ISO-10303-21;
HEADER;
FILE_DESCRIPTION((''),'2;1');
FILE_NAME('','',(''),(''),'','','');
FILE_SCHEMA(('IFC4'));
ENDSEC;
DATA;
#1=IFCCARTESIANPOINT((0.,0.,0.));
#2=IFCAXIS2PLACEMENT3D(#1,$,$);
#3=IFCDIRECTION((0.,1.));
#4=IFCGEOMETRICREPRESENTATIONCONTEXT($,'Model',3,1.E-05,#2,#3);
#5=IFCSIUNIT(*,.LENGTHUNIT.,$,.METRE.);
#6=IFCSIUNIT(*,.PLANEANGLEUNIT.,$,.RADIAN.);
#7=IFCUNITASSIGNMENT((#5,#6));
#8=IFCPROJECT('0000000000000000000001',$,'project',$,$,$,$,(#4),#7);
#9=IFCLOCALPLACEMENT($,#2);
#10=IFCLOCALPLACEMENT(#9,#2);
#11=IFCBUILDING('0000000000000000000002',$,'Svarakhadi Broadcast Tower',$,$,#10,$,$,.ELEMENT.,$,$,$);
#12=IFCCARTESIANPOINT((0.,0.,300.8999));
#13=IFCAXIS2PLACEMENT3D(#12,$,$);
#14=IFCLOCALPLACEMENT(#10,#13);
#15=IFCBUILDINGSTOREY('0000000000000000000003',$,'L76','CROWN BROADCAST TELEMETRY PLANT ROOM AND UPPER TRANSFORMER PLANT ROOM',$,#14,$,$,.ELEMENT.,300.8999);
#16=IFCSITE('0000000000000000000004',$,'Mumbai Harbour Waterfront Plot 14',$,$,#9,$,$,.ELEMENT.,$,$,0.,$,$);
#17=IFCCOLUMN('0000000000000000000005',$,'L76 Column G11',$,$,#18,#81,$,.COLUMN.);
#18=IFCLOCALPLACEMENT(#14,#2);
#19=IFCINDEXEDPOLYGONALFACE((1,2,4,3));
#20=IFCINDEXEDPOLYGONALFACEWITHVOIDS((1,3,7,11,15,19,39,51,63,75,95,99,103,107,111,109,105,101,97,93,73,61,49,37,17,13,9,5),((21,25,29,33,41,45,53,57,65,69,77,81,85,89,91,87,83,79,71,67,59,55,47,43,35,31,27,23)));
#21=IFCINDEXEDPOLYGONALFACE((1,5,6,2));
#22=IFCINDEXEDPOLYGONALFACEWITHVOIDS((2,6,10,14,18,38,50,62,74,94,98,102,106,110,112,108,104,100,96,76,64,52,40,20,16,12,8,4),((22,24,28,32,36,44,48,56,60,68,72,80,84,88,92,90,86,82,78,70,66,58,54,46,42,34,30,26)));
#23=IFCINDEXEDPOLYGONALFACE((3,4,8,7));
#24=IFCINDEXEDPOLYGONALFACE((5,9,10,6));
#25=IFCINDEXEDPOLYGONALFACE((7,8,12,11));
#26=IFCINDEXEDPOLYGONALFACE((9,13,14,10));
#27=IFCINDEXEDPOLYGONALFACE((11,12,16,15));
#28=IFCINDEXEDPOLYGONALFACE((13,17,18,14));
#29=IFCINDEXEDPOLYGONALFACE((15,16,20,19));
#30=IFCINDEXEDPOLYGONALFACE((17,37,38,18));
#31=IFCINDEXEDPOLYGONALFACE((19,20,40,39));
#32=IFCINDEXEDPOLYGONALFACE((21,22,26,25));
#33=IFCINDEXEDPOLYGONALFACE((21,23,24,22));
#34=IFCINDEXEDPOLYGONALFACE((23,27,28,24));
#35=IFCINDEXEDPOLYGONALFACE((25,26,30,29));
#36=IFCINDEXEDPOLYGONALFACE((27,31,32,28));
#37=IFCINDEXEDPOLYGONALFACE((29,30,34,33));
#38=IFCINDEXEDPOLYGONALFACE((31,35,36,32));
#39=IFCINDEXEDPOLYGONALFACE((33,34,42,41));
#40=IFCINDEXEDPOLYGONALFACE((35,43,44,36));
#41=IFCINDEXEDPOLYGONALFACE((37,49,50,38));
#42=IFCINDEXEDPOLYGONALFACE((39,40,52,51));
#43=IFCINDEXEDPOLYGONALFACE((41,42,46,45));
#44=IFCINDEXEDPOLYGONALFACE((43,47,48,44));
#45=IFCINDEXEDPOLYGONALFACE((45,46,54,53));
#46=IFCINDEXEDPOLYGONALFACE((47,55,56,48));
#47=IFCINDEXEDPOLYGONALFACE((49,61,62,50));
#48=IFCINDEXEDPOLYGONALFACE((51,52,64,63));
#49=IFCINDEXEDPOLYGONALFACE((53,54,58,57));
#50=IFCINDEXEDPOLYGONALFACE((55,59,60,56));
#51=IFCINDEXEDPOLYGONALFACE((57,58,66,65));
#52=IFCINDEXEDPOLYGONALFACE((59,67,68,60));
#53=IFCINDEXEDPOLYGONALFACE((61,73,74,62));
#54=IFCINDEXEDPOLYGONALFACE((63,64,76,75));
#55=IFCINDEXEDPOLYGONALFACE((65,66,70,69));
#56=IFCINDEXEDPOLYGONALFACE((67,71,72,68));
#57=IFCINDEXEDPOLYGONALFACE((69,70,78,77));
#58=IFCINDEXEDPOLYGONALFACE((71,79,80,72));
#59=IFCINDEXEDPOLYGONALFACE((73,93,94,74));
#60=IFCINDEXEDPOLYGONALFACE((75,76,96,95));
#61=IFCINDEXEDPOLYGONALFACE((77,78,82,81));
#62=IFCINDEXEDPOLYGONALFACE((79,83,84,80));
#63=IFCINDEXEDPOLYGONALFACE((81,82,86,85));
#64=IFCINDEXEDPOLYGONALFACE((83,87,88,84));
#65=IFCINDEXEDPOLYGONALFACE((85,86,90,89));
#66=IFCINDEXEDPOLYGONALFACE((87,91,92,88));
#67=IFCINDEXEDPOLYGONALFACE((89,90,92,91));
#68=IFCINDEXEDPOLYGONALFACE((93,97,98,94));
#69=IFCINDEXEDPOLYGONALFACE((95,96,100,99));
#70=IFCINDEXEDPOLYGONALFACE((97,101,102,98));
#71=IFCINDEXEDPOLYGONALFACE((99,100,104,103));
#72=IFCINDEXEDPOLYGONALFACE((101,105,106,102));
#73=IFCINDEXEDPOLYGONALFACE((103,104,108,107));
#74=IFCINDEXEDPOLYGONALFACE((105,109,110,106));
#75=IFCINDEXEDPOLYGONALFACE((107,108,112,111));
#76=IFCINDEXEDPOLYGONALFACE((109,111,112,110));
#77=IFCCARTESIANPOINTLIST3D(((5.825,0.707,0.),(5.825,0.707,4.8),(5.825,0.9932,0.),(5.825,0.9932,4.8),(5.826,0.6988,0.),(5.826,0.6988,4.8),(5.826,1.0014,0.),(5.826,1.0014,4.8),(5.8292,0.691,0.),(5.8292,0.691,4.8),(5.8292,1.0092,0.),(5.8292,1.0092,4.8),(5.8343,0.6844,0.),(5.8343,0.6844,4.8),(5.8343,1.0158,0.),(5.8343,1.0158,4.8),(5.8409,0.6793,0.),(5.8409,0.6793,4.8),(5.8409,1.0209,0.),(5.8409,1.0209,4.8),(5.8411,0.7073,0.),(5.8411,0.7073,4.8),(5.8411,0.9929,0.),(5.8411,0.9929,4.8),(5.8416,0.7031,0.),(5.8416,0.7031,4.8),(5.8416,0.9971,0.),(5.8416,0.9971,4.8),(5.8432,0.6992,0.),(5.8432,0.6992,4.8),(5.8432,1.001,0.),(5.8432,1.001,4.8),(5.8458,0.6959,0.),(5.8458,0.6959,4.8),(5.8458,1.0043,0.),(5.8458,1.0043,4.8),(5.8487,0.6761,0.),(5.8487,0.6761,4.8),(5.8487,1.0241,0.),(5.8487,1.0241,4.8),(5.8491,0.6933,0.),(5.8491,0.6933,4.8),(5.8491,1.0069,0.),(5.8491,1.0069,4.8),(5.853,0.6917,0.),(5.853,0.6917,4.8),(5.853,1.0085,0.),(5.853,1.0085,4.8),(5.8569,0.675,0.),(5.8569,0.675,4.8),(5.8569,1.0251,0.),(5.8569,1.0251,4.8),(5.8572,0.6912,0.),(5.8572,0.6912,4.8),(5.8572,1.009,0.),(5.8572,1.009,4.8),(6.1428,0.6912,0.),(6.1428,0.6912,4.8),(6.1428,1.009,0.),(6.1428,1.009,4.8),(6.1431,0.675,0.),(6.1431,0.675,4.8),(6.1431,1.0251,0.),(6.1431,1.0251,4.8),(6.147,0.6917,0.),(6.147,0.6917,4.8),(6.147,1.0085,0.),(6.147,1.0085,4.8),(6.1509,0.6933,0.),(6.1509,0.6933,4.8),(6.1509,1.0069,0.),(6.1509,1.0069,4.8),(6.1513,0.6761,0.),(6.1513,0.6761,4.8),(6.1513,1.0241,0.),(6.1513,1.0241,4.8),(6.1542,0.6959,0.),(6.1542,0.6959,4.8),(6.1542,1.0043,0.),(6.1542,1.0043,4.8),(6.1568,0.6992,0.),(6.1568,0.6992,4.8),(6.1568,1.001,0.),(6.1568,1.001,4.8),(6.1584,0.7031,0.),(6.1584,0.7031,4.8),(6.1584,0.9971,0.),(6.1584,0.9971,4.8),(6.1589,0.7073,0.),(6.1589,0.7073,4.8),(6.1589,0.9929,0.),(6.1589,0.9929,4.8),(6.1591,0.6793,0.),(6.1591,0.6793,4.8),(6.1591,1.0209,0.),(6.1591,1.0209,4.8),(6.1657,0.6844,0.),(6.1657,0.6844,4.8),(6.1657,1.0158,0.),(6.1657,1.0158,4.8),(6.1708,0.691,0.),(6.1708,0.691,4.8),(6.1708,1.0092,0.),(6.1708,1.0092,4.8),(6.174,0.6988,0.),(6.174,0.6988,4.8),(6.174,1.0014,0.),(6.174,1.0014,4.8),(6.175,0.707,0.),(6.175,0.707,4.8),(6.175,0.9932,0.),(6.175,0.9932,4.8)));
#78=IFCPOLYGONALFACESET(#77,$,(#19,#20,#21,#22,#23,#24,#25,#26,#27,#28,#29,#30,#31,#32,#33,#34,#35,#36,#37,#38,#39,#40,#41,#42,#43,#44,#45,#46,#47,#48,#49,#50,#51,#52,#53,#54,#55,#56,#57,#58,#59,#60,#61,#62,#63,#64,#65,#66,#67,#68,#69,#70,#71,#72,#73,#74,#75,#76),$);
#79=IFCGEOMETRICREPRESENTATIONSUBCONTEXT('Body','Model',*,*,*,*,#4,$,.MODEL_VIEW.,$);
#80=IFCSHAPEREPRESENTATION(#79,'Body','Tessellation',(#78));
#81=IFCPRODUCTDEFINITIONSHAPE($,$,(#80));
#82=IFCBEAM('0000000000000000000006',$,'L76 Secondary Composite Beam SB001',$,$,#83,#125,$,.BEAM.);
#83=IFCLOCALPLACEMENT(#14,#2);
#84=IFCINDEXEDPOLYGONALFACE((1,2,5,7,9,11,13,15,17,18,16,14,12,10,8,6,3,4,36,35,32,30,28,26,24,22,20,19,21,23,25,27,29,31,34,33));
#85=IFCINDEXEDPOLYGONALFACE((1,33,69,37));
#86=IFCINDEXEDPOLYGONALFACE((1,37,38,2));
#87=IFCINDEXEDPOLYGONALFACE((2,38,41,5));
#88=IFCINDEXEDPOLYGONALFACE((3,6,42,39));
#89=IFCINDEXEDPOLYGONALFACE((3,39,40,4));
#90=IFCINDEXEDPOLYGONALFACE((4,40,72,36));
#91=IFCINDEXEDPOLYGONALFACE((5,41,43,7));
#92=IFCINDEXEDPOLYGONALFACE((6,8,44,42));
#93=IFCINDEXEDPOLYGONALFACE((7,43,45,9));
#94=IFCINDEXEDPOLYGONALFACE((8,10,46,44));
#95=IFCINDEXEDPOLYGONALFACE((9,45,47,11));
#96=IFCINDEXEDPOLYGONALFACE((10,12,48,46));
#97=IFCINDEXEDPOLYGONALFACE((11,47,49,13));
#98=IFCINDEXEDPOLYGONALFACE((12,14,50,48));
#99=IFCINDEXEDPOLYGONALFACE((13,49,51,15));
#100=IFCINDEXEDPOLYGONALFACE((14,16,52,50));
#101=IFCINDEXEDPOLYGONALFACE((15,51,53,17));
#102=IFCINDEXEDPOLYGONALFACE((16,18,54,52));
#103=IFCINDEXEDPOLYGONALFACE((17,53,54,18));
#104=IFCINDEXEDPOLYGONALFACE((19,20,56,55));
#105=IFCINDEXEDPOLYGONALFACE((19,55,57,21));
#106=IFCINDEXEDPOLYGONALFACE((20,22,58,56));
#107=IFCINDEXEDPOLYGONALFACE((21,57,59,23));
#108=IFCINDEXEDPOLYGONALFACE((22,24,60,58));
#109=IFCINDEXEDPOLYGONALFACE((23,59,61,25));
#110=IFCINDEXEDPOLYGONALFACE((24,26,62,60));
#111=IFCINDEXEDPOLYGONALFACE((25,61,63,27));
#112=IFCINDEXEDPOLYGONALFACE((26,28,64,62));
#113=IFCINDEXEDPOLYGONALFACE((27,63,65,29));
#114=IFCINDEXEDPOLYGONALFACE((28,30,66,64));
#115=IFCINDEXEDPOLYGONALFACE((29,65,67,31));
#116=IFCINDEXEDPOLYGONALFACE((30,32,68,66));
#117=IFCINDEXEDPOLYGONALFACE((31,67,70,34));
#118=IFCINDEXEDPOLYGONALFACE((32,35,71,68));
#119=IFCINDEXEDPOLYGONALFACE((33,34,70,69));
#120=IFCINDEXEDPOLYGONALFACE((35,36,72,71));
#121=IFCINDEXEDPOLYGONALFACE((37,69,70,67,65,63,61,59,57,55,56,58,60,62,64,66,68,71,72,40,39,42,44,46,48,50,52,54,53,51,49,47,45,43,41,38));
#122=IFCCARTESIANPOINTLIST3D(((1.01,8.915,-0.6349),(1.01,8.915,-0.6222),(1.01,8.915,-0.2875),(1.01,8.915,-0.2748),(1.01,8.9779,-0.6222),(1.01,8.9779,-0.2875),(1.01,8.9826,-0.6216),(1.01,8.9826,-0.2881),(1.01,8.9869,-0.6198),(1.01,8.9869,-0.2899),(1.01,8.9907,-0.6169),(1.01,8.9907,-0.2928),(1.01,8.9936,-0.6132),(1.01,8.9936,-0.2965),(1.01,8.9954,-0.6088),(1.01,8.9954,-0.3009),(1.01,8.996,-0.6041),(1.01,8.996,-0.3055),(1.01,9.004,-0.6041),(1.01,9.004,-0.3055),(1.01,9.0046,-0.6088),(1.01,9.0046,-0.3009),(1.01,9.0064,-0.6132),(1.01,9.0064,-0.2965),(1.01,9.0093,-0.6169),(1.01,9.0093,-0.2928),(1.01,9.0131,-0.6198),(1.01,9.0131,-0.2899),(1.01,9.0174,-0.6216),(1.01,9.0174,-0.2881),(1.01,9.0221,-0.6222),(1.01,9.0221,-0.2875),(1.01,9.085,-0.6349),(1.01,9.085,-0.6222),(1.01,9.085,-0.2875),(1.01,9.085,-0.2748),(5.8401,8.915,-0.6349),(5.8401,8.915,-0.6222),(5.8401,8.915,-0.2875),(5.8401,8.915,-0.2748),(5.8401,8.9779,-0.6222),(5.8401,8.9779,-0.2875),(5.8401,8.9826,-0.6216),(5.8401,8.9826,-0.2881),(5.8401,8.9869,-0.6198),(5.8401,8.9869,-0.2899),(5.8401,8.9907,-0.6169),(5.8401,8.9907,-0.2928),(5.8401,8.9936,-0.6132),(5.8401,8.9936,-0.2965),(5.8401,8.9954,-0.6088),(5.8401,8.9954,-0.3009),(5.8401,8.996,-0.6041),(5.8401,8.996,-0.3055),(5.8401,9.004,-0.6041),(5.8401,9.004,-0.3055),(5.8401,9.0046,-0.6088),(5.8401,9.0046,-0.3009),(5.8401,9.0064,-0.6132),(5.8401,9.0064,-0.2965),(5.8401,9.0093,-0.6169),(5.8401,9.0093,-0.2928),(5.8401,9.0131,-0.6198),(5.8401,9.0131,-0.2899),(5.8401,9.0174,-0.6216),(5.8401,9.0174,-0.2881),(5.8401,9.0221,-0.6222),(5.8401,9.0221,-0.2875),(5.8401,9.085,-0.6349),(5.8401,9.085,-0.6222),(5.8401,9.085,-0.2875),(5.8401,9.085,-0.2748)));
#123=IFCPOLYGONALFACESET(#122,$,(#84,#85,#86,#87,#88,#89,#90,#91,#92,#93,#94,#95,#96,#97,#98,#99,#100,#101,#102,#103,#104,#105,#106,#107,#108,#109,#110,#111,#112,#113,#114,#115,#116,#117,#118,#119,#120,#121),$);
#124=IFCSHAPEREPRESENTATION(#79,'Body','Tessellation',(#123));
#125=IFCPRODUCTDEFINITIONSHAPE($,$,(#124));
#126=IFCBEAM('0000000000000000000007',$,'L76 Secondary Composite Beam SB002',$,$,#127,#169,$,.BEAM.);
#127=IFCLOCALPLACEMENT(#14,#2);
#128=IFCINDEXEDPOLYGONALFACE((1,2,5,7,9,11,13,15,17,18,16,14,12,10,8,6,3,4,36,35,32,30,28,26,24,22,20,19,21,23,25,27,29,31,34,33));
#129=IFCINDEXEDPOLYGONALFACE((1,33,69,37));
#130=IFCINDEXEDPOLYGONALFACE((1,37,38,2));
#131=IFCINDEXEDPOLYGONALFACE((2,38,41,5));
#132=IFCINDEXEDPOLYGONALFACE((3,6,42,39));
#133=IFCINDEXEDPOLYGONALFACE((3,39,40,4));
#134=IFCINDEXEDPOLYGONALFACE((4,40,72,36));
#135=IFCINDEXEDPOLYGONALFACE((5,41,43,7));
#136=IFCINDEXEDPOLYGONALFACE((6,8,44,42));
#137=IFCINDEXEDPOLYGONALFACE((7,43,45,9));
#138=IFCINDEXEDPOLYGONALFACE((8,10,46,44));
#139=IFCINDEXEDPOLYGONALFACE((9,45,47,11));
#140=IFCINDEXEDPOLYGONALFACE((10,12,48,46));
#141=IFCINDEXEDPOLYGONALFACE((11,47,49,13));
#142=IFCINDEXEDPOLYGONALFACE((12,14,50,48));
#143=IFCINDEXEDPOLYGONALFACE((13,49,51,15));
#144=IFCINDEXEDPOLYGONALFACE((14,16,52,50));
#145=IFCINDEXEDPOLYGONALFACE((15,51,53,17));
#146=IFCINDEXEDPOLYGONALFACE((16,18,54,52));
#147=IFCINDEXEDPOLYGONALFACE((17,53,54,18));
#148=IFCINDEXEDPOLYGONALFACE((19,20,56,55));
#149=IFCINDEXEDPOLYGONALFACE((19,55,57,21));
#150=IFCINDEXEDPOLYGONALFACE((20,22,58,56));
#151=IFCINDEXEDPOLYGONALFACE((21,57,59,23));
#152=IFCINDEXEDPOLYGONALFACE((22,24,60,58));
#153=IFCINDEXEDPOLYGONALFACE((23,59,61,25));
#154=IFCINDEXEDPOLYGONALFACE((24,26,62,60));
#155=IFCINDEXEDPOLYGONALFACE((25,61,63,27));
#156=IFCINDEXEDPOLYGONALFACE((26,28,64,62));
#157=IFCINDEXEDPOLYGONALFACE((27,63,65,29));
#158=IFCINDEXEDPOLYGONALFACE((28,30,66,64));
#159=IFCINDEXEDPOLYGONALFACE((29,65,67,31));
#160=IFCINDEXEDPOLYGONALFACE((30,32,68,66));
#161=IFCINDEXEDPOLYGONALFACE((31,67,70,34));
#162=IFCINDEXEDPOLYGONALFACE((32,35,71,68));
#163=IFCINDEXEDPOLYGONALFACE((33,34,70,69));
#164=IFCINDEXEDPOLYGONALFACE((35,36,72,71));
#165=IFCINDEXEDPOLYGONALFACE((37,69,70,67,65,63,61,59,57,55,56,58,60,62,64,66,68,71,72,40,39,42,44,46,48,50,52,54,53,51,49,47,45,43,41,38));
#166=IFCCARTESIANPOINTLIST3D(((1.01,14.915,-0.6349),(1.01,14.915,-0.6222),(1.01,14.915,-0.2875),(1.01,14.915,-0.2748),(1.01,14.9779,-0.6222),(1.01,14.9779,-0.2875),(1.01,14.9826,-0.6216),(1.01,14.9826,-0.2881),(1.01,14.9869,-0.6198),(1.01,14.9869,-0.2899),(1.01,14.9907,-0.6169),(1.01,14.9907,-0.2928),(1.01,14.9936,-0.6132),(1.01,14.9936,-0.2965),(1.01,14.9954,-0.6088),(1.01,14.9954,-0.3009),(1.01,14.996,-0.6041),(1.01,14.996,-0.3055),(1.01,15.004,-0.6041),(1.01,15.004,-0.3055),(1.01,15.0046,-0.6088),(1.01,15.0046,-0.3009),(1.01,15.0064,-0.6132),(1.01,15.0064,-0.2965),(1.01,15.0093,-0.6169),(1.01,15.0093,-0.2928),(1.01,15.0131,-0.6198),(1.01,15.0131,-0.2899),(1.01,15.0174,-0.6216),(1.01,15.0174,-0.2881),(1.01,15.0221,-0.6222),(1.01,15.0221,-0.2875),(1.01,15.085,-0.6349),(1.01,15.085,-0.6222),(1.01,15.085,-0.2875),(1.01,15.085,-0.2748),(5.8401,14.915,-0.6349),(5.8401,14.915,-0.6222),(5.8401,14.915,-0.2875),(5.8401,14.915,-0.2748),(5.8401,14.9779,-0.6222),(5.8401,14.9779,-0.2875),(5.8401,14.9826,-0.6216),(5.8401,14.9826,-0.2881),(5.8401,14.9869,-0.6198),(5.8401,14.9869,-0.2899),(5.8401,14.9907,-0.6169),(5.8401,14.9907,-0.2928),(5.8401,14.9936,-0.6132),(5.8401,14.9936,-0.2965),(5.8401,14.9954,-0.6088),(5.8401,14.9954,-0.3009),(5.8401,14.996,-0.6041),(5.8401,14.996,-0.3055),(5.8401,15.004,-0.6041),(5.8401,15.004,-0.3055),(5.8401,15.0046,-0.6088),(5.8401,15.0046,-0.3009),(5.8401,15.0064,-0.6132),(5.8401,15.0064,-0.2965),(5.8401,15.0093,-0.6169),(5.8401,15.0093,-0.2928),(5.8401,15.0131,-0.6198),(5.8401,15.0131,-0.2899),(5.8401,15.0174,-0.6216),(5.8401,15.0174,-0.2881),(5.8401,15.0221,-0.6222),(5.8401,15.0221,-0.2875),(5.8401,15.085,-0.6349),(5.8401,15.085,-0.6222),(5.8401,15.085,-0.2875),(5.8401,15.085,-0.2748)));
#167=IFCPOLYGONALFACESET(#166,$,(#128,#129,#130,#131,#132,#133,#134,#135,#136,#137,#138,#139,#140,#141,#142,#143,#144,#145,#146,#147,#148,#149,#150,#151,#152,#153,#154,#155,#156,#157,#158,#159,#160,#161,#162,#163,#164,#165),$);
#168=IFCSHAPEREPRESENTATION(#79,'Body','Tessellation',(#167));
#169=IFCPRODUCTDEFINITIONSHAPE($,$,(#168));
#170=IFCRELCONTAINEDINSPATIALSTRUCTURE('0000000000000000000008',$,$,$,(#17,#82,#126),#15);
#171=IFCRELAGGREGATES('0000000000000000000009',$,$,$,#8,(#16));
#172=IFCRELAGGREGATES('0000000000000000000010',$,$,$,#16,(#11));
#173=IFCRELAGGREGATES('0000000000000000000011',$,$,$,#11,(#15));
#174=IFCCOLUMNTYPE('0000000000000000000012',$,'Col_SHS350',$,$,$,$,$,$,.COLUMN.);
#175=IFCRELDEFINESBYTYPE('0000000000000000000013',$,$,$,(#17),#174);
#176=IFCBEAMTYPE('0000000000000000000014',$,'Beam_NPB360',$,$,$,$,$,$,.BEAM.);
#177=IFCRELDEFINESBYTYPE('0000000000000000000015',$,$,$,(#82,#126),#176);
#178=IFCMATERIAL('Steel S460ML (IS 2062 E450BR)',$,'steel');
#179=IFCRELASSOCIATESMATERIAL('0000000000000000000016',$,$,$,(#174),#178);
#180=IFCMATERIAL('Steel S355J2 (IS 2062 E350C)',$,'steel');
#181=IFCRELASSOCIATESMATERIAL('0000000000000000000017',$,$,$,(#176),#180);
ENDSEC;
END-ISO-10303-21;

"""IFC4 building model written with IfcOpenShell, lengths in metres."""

from ifc_helpers import new_model, si_unit, direction, frame, origin, origin_2d, place, context, subcontext, project, spatial, hollow_rectangle, i_section, extrude, material, material_profile, profile_set, type_object, element, save


model = new_model("IFC4")

# Units and contexts
model_context = context("Model", 3, precision=1e-05, world=origin(), true_north=direction((0.0, 1.0)))
body_context = subcontext(model_context, "Body", "Model", "MODEL_VIEW")
ifc_project = project(units=[si_unit("LENGTHUNIT", "METRE"), si_unit("PLANEANGLEUNIT", "RADIAN")], contexts=[model_context])

# Site, building, storey
site_placement = place(None, origin())
site = spatial("IfcSite", under=ifc_project, at=site_placement, Name="Mumbai Harbour Waterfront Plot 14", CompositionType="ELEMENT", RefElevation=0.0)
building_placement = place(site_placement, origin())
building = spatial("IfcBuilding", under=site, at=building_placement, Name="Svarakhadi Broadcast Tower", CompositionType="ELEMENT")
storey_placement = place(building_placement, frame((0.0, 0.0, 300.8999)))
storey = spatial("IfcBuildingStorey", under=building, at=storey_placement, Name="L76", Description="CROWN BROADCAST TELEMETRY PLANT ROOM AND UPPER TRANSFORMER PLANT ROOM", CompositionType="ELEMENT", Elevation=300.8999)

# Column
ifc_material_1 = material(Name="Steel S460ML (IS 2062 E450BR)", Category="steel")
ifc_material_profile_1 = material_profile(ifc_material_1, hollow_rectangle(XDim=0.3501, YDim=0.3501, WallThickness=0.0161, InnerFilletRadius=0.0161, OuterFilletRadius=0.032, at=origin_2d()), Name="SHS 350x350x16")
ifc_profile_set_1 = profile_set([ifc_material_profile_1], Name="Steel S460ML (IS 2062 E450BR)")
column_type = type_object("IfcColumnType", Name="Col_SHS350", PredefinedType="COLUMN", material=ifc_profile_set_1)
for number, where, z_axis, x_axis, name in (
    (1, (6.0, 0.8501, 0.0), (0.0, 0.0, 1.0), (1.0, 0.0, 0.0), "L76 Column G11"),
):
    element("IfcColumn", number, at=place(storey_placement, frame(where, z_axis=z_axis, x_axis=x_axis)), inside=storey, type_object=column_type, Name=name, PredefinedType="COLUMN", context=body_context, shape_type="SweptSolid", body=[
        extrude(hollow_rectangle(XDim=0.3501, YDim=0.3501, WallThickness=0.0161, InnerFilletRadius=0.0161, OuterFilletRadius=0.032, at=origin_2d()), origin(), (0.0, 0.0, 1.0), 4.8),
    ])

# Beams
ifc_material_2 = material(Name="Steel S355J2 (IS 2062 E350C)", Category="steel")
ifc_material_profile_2 = material_profile(ifc_material_2, i_section(OverallWidth=0.1699, OverallDepth=0.3601, WebThickness=0.0081, FlangeThickness=0.0127, FilletRadius=0.0181, at=origin_2d()), Name="NPB 360x170x57")
ifc_profile_set_2 = profile_set([ifc_material_profile_2], Name="Steel S355J2 (IS 2062 E350C)")
beam_type_1 = type_object("IfcBeamType", Name="Beam_NPB360", PredefinedType="BEAM", material=ifc_profile_set_2)
for number, where, z_axis, x_axis, name in (
    (2, (1.01, 9.0, -0.4548), (1.0, 0.0, 0.0), (0.0, 1.0, 0.0), "L76 Secondary Composite Beam SB001"),
    (3, (1.01, 15.0, -0.4548), (1.0, 0.0, 0.0), (0.0, 1.0, 0.0), "L76 Secondary Composite Beam SB002"),
):
    element("IfcBeam", number, at=place(storey_placement, frame(where, z_axis=z_axis, x_axis=x_axis)), inside=storey, type_object=beam_type_1, Name=name, PredefinedType="BEAM", context=body_context, shape_type="SweptSolid", body=[
        extrude(i_section(OverallWidth=0.1699, OverallDepth=0.3601, WebThickness=0.0081, FlangeThickness=0.0127, FilletRadius=0.0181, at=origin_2d()), origin(), (0.0, 0.0, 1.0), 4.8301),
    ])

save(model, "model.ifc")
